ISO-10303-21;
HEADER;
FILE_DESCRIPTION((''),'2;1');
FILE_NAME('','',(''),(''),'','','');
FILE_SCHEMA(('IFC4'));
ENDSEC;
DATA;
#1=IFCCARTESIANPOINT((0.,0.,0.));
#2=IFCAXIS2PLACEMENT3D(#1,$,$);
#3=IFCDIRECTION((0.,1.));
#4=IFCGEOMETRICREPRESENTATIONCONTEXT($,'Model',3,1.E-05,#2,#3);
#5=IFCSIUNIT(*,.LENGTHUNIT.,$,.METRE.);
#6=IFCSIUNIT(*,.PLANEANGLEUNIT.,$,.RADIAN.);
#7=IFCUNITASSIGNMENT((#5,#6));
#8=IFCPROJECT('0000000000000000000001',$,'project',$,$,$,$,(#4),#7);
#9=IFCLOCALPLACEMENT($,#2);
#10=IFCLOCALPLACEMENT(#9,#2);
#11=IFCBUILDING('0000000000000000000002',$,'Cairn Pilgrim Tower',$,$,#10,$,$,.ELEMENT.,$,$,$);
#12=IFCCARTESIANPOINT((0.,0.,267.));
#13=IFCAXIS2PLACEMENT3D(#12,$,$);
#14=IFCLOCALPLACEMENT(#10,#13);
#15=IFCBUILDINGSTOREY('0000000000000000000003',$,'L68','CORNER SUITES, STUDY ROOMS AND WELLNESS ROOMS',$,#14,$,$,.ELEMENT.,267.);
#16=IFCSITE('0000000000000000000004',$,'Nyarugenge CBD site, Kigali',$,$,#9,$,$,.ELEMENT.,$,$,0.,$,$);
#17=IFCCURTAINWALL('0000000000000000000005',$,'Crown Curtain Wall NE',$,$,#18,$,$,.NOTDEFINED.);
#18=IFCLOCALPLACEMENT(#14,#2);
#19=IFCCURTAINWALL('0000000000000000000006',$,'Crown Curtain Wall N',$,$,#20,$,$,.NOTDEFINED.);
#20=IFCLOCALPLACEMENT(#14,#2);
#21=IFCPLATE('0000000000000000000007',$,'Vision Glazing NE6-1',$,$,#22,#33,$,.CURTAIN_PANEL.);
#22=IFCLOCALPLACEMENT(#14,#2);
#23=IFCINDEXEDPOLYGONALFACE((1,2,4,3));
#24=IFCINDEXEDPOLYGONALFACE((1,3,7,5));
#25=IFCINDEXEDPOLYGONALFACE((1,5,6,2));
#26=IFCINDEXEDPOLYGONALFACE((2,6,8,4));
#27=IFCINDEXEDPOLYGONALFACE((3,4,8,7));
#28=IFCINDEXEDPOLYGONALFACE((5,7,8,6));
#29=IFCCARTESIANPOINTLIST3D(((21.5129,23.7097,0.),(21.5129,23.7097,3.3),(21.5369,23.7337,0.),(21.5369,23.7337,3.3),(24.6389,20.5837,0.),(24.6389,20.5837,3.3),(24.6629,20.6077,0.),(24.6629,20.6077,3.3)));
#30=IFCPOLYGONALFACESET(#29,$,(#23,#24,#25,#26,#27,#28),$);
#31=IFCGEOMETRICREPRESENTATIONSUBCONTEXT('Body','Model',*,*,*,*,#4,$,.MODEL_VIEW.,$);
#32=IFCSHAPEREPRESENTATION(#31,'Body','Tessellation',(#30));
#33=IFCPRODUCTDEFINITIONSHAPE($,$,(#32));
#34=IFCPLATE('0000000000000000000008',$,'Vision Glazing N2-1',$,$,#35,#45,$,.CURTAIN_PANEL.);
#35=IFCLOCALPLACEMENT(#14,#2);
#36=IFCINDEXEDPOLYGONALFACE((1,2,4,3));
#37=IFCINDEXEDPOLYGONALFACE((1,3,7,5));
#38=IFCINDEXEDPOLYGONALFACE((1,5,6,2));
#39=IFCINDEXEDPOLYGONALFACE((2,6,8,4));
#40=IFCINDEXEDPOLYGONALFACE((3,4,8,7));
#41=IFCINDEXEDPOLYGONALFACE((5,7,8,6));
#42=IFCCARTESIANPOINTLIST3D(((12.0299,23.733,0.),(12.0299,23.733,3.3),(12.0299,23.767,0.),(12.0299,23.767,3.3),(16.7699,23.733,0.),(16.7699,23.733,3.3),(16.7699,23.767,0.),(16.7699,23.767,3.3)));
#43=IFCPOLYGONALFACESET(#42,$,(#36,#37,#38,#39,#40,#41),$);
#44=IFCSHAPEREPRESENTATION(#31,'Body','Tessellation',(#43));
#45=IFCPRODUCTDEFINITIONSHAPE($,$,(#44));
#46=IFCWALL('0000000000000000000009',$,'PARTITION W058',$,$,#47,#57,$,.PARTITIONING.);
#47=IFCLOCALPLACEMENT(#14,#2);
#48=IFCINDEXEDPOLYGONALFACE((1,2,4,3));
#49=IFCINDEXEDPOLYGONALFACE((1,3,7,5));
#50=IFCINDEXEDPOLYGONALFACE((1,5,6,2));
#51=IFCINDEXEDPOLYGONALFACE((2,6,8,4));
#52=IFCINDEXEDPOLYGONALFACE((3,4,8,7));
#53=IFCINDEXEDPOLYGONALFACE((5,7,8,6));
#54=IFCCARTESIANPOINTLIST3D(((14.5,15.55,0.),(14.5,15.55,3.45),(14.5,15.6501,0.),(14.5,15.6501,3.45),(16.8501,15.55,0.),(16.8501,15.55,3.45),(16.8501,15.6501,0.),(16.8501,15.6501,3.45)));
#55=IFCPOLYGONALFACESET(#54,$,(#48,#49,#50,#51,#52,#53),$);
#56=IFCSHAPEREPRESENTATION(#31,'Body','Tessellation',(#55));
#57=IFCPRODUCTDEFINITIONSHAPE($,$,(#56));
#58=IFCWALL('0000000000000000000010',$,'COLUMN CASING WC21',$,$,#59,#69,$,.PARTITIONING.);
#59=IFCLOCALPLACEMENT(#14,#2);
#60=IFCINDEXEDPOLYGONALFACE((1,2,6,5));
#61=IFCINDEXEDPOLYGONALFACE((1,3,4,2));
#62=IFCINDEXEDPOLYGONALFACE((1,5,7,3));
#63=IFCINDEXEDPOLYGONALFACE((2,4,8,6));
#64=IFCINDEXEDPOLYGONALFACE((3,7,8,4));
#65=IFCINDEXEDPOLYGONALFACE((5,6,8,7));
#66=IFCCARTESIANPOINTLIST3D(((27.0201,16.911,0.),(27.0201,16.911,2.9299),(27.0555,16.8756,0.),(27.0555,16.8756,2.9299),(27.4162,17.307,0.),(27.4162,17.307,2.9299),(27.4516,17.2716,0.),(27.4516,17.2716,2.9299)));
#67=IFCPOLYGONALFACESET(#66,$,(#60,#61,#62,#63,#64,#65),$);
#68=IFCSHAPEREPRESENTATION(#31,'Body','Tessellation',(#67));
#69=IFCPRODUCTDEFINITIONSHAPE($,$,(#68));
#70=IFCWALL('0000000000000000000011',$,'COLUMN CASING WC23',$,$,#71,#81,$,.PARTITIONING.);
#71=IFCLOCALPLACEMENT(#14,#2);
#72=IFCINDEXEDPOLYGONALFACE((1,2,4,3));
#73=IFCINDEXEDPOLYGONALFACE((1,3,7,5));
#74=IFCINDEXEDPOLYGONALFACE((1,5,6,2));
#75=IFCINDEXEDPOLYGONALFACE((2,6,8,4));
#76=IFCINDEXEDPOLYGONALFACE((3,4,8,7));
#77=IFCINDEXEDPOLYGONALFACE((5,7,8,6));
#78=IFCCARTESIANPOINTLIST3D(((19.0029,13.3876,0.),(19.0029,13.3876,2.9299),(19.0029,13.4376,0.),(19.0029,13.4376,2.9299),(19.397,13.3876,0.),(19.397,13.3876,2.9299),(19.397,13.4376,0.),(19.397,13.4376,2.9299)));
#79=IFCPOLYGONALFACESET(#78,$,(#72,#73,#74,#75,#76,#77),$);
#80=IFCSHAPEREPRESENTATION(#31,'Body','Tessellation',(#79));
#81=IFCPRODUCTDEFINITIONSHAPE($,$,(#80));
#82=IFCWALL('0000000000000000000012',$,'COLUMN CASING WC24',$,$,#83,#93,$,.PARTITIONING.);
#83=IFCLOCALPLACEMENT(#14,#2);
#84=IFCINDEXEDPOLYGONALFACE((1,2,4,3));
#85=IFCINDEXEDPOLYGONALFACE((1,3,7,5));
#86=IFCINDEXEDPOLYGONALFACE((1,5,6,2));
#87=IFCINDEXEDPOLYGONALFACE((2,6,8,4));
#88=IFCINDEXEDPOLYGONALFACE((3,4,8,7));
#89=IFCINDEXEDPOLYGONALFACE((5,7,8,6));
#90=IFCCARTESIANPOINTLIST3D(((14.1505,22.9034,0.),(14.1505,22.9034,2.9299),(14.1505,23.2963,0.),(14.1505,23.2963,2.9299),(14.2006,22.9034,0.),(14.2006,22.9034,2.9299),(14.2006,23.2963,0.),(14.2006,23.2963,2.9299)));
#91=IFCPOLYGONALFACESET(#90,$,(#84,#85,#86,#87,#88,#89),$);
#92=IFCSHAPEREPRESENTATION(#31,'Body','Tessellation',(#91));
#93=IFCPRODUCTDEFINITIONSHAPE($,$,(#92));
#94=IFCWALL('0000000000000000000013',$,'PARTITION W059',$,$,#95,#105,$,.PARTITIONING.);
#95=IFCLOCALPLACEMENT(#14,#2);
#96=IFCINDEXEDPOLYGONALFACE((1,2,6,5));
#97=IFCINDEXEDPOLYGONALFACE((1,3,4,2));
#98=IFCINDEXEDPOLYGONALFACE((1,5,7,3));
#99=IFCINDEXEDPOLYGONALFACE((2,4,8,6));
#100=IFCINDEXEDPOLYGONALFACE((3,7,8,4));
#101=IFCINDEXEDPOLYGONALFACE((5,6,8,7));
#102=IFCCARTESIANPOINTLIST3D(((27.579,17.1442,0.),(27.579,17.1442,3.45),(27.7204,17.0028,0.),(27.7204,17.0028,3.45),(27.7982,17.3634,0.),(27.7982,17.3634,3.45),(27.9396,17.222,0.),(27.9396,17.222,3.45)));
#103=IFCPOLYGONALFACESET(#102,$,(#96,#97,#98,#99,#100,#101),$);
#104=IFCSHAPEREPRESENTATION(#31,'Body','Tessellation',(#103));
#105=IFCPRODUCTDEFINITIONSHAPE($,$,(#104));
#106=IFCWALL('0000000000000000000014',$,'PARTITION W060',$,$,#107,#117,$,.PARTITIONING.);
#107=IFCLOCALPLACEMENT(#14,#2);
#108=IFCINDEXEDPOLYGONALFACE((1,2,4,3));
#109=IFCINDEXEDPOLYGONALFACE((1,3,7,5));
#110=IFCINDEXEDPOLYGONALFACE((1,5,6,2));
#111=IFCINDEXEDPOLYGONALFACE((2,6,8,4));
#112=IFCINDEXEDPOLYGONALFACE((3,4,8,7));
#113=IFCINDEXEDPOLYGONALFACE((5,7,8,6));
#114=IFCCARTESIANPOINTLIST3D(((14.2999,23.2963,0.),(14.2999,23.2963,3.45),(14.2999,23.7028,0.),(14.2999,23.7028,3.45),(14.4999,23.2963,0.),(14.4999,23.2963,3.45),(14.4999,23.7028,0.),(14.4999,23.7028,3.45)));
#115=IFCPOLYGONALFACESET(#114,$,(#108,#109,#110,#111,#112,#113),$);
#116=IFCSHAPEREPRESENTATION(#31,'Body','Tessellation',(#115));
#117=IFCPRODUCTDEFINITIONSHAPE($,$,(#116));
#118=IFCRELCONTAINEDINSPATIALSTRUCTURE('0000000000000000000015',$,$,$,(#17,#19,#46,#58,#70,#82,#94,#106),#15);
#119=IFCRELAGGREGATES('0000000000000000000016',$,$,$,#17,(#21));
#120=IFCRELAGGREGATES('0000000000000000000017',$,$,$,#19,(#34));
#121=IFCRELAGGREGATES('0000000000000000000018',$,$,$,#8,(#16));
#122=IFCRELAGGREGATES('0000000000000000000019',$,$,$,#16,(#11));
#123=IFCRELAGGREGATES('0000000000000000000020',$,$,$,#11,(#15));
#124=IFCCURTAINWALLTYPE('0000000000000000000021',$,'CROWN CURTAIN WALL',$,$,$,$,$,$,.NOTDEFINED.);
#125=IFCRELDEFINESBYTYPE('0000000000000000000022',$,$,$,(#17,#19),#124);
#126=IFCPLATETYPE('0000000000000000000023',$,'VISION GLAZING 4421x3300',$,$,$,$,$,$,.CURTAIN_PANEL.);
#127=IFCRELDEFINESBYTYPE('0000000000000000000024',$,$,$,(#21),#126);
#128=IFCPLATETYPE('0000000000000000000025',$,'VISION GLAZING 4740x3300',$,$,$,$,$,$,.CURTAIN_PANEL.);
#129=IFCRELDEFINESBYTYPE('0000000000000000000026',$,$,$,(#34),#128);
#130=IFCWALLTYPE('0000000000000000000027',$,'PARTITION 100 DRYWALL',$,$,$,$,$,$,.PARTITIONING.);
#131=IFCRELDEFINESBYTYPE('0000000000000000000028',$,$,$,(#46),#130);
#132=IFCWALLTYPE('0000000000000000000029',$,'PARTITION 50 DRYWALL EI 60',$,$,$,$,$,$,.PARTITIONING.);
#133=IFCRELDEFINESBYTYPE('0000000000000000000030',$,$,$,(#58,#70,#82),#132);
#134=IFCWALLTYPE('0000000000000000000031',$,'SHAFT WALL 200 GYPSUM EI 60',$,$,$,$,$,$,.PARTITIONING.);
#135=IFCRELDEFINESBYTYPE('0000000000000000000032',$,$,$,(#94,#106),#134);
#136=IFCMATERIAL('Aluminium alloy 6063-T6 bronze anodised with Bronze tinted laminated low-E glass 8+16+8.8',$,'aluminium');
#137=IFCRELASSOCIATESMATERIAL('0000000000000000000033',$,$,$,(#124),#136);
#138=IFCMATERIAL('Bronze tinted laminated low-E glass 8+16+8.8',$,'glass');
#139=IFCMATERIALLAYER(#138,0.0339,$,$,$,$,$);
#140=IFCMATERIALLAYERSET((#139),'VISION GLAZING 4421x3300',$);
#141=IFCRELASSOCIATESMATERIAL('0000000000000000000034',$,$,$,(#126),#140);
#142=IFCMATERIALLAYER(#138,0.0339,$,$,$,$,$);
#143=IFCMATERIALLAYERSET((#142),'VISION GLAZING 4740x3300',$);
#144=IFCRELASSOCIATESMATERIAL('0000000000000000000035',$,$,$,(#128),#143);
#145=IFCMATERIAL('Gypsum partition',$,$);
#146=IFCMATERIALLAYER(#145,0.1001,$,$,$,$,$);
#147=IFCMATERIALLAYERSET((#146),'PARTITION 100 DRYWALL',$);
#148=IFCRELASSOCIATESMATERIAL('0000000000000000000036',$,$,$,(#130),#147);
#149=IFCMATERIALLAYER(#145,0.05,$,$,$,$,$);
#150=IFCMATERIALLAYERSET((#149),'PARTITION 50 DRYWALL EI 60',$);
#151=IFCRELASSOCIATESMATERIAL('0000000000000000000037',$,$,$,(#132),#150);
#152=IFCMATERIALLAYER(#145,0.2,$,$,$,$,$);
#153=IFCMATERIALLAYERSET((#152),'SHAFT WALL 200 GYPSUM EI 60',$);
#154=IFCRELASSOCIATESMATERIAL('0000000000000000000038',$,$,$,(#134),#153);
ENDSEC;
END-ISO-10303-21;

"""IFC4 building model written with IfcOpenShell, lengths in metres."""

from ifc_helpers import new_model, si_unit, direction, frame, frame_2d, origin, origin_2d, place, context, subcontext, project, spatial, rectangle, extrude, material, layer, layer_set, type_object, element, aggregate, save


model = new_model("IFC4")

# Units and contexts
model_context = context("Model", 3, precision=1e-05, world=origin(), true_north=direction((0.0, 1.0)))
body_context = subcontext(model_context, "Body", "Model", "MODEL_VIEW")
ifc_project = project(units=[si_unit("LENGTHUNIT", "METRE"), si_unit("PLANEANGLEUNIT", "RADIAN")], contexts=[model_context])

# Site, building, storey
site_placement = place(None, origin())
site = spatial("IfcSite", under=ifc_project, at=site_placement, Name="Nyarugenge CBD site, Kigali", CompositionType="ELEMENT", RefElevation=0.0)
building_placement = place(site_placement, origin())
building = spatial("IfcBuilding", under=site, at=building_placement, Name="Cairn Pilgrim Tower", CompositionType="ELEMENT")
storey_placement = place(building_placement, frame((0.0, 0.0, 267.0)))
storey = spatial("IfcBuildingStorey", under=building, at=storey_placement, Name="L68", Description="CORNER SUITES, STUDY ROOMS AND WELLNESS ROOMS", CompositionType="ELEMENT", Elevation=267.0)

# Curtain walls
ifc_material_1 = material(Name="Aluminium alloy 6063-T6 bronze anodised with Bronze tinted laminated low-E glass 8+16+8.8", Category="aluminium")
curtain_wall_type = type_object("IfcCurtainWallType", Name="CROWN CURTAIN WALL", PredefinedType="NOTDEFINED", material=ifc_material_1)
curtain_wall_1_placement = place(storey_placement, origin())
curtain_wall_1 = element("IfcCurtainWall", 1, at=curtain_wall_1_placement, inside=storey, type_object=curtain_wall_type, Name="Crown Curtain Wall NE", PredefinedType="NOTDEFINED")
curtain_wall_2_placement = place(storey_placement, origin())
curtain_wall_2 = element("IfcCurtainWall", 2, at=curtain_wall_2_placement, inside=storey, type_object=curtain_wall_type, Name="Crown Curtain Wall N", PredefinedType="NOTDEFINED")

# Plates
ifc_material_2 = material(Name="Bronze tinted laminated low-E glass 8+16+8.8", Category="glass")
ifc_layer_1 = layer(ifc_material_2, 0.0339)
ifc_layer_set_1 = layer_set([ifc_layer_1], Name="VISION GLAZING 4421x3300")
plate_type_1 = type_object("IfcPlateType", Name="VISION GLAZING 4421x3300", PredefinedType="CURTAIN_PANEL", material=ifc_layer_set_1)
plate_1_placement = place(storey_placement, frame((23.0879, 22.1587, 0.0), z_axis=(0.0, 0.0, 1.0), x_axis=(-0.707107, 0.707107, 0.0)))
plate_1 = element("IfcPlate", 3, at=plate_1_placement, type_object=plate_type_1, Name="Vision Glazing NE6-1", PredefinedType="CURTAIN_PANEL", context=body_context, shape_type="SweptSolid", body=[
    extrude(rectangle(XDim=4.4209, YDim=0.0339, at=origin_2d()), origin(), (0.0, 0.0, 1.0), 3.3),
])
aggregate(curtain_wall_1, [plate_1])
ifc_layer_2 = layer(ifc_material_2, 0.0339)
ifc_layer_set_2 = layer_set([ifc_layer_2], Name="VISION GLAZING 4740x3300")
plate_type_2 = type_object("IfcPlateType", Name="VISION GLAZING 4740x3300", PredefinedType="CURTAIN_PANEL", material=ifc_layer_set_2)
plate_2_placement = place(storey_placement, frame((14.3999, 23.75, 0.0), z_axis=(0.0, 0.0, 1.0), x_axis=(-1.0, 0.0, 0.0)))
plate_2 = element("IfcPlate", 4, at=plate_2_placement, type_object=plate_type_2, Name="Vision Glazing N2-1", PredefinedType="CURTAIN_PANEL", context=body_context, shape_type="SweptSolid", body=[
    extrude(rectangle(XDim=4.74, YDim=0.0339, at=origin_2d()), origin(), (0.0, 0.0, 1.0), 3.3),
])
aggregate(curtain_wall_2, [plate_2])

# Walls
ifc_material_3 = material(Name="Gypsum partition")
ifc_layer_3 = layer(ifc_material_3, 0.1001)
ifc_layer_set_3 = layer_set([ifc_layer_3], Name="PARTITION 100 DRYWALL")
wall_type_1 = type_object("IfcWallType", Name="PARTITION 100 DRYWALL", PredefinedType="PARTITIONING", material=ifc_layer_set_3)
wall_1_placement = place(storey_placement, frame((14.5, 15.6001, 0.0), z_axis=(0.0, 0.0, 1.0), x_axis=(1.0, 0.0, 0.0)))
element("IfcWall", 5, at=wall_1_placement, inside=storey, type_object=wall_type_1, Name="PARTITION W058", PredefinedType="PARTITIONING", context=body_context, shape_type="SweptSolid", body=[
    extrude(rectangle(XDim=2.3501, YDim=0.1001, at=frame_2d((1.175, 0.0))), origin(), (0.0, 0.0, 1.0), 3.45),
])
ifc_layer_4 = layer(ifc_material_3, 0.05)
ifc_layer_set_4 = layer_set([ifc_layer_4], Name="PARTITION 50 DRYWALL EI 60")
wall_type_2 = type_object("IfcWallType", Name="PARTITION 50 DRYWALL EI 60", PredefinedType="PARTITIONING", material=ifc_layer_set_4)
wall_2_placement = place(storey_placement, frame((27.0378, 16.8933, 0.0), z_axis=(0.0, 0.0, 1.0), x_axis=(0.707107, 0.707107, 0.0)))
element("IfcWall", 6, at=wall_2_placement, inside=storey, type_object=wall_type_2, Name="COLUMN CASING WC21", PredefinedType="PARTITIONING", context=body_context, shape_type="SweptSolid", body=[
    extrude(rectangle(XDim=0.5601, YDim=0.05, at=frame_2d((0.28, 0.0))), origin(), (0.0, 0.0, 1.0), 2.9299),
])
wall_3_placement = place(storey_placement, frame((19.0029, 13.4126, 0.0), z_axis=(0.0, 0.0, 1.0), x_axis=(1.0, 0.0, 0.0)))
element("IfcWall", 7, at=wall_3_placement, inside=storey, type_object=wall_type_2, Name="COLUMN CASING WC23", PredefinedType="PARTITIONING", context=body_context, shape_type="SweptSolid", body=[
    extrude(rectangle(XDim=0.394, YDim=0.05, at=frame_2d((0.197, 0.0))), origin(), (0.0, 0.0, 1.0), 2.9299),
])
wall_4_placement = place(storey_placement, frame((14.1755, 22.9036, 0.0), z_axis=(0.0, 0.0, 1.0), x_axis=(0.0, 1.0, 0.0)))
element("IfcWall", 8, at=wall_4_placement, inside=storey, type_object=wall_type_2, Name="COLUMN CASING WC24", PredefinedType="PARTITIONING", context=body_context, shape_type="SweptSolid", body=[
    extrude(rectangle(XDim=0.3928, YDim=0.05, at=frame_2d((0.1963, 0.0))), origin(), (0.0, 0.0, 1.0), 2.9299),
])
ifc_layer_5 = layer(ifc_material_3, 0.2)
ifc_layer_set_5 = layer_set([ifc_layer_5], Name="SHAFT WALL 200 GYPSUM EI 60")
wall_type_3 = type_object("IfcWallType", Name="SHAFT WALL 200 GYPSUM EI 60", PredefinedType="PARTITIONING", material=ifc_layer_set_5)
wall_5_placement = place(storey_placement, frame((27.6497, 17.0735, 0.0), z_axis=(0.0, 0.0, 1.0), x_axis=(0.707107, 0.707107, 0.0)))
element("IfcWall", 9, at=wall_5_placement, inside=storey, type_object=wall_type_3, Name="PARTITION W059", PredefinedType="PARTITIONING", context=body_context, shape_type="SweptSolid", body=[
    extrude(rectangle(XDim=0.3101, YDim=0.2, at=frame_2d((0.155, 0.0))), origin(), (0.0, 0.0, 1.0), 3.45),
])
wall_6_placement = place(storey_placement, frame((14.3999, 23.2964, 0.0), z_axis=(0.0, 0.0, 1.0), x_axis=(0.0, 1.0, 0.0)))
element("IfcWall", 10, at=wall_6_placement, inside=storey, type_object=wall_type_3, Name="PARTITION W060", PredefinedType="PARTITIONING", context=body_context, shape_type="SweptSolid", body=[
    extrude(rectangle(XDim=0.4065, YDim=0.2, at=frame_2d((0.2031, 0.0))), origin(), (0.0, 0.0, 1.0), 3.45),
])

save(model, "model.ifc")
